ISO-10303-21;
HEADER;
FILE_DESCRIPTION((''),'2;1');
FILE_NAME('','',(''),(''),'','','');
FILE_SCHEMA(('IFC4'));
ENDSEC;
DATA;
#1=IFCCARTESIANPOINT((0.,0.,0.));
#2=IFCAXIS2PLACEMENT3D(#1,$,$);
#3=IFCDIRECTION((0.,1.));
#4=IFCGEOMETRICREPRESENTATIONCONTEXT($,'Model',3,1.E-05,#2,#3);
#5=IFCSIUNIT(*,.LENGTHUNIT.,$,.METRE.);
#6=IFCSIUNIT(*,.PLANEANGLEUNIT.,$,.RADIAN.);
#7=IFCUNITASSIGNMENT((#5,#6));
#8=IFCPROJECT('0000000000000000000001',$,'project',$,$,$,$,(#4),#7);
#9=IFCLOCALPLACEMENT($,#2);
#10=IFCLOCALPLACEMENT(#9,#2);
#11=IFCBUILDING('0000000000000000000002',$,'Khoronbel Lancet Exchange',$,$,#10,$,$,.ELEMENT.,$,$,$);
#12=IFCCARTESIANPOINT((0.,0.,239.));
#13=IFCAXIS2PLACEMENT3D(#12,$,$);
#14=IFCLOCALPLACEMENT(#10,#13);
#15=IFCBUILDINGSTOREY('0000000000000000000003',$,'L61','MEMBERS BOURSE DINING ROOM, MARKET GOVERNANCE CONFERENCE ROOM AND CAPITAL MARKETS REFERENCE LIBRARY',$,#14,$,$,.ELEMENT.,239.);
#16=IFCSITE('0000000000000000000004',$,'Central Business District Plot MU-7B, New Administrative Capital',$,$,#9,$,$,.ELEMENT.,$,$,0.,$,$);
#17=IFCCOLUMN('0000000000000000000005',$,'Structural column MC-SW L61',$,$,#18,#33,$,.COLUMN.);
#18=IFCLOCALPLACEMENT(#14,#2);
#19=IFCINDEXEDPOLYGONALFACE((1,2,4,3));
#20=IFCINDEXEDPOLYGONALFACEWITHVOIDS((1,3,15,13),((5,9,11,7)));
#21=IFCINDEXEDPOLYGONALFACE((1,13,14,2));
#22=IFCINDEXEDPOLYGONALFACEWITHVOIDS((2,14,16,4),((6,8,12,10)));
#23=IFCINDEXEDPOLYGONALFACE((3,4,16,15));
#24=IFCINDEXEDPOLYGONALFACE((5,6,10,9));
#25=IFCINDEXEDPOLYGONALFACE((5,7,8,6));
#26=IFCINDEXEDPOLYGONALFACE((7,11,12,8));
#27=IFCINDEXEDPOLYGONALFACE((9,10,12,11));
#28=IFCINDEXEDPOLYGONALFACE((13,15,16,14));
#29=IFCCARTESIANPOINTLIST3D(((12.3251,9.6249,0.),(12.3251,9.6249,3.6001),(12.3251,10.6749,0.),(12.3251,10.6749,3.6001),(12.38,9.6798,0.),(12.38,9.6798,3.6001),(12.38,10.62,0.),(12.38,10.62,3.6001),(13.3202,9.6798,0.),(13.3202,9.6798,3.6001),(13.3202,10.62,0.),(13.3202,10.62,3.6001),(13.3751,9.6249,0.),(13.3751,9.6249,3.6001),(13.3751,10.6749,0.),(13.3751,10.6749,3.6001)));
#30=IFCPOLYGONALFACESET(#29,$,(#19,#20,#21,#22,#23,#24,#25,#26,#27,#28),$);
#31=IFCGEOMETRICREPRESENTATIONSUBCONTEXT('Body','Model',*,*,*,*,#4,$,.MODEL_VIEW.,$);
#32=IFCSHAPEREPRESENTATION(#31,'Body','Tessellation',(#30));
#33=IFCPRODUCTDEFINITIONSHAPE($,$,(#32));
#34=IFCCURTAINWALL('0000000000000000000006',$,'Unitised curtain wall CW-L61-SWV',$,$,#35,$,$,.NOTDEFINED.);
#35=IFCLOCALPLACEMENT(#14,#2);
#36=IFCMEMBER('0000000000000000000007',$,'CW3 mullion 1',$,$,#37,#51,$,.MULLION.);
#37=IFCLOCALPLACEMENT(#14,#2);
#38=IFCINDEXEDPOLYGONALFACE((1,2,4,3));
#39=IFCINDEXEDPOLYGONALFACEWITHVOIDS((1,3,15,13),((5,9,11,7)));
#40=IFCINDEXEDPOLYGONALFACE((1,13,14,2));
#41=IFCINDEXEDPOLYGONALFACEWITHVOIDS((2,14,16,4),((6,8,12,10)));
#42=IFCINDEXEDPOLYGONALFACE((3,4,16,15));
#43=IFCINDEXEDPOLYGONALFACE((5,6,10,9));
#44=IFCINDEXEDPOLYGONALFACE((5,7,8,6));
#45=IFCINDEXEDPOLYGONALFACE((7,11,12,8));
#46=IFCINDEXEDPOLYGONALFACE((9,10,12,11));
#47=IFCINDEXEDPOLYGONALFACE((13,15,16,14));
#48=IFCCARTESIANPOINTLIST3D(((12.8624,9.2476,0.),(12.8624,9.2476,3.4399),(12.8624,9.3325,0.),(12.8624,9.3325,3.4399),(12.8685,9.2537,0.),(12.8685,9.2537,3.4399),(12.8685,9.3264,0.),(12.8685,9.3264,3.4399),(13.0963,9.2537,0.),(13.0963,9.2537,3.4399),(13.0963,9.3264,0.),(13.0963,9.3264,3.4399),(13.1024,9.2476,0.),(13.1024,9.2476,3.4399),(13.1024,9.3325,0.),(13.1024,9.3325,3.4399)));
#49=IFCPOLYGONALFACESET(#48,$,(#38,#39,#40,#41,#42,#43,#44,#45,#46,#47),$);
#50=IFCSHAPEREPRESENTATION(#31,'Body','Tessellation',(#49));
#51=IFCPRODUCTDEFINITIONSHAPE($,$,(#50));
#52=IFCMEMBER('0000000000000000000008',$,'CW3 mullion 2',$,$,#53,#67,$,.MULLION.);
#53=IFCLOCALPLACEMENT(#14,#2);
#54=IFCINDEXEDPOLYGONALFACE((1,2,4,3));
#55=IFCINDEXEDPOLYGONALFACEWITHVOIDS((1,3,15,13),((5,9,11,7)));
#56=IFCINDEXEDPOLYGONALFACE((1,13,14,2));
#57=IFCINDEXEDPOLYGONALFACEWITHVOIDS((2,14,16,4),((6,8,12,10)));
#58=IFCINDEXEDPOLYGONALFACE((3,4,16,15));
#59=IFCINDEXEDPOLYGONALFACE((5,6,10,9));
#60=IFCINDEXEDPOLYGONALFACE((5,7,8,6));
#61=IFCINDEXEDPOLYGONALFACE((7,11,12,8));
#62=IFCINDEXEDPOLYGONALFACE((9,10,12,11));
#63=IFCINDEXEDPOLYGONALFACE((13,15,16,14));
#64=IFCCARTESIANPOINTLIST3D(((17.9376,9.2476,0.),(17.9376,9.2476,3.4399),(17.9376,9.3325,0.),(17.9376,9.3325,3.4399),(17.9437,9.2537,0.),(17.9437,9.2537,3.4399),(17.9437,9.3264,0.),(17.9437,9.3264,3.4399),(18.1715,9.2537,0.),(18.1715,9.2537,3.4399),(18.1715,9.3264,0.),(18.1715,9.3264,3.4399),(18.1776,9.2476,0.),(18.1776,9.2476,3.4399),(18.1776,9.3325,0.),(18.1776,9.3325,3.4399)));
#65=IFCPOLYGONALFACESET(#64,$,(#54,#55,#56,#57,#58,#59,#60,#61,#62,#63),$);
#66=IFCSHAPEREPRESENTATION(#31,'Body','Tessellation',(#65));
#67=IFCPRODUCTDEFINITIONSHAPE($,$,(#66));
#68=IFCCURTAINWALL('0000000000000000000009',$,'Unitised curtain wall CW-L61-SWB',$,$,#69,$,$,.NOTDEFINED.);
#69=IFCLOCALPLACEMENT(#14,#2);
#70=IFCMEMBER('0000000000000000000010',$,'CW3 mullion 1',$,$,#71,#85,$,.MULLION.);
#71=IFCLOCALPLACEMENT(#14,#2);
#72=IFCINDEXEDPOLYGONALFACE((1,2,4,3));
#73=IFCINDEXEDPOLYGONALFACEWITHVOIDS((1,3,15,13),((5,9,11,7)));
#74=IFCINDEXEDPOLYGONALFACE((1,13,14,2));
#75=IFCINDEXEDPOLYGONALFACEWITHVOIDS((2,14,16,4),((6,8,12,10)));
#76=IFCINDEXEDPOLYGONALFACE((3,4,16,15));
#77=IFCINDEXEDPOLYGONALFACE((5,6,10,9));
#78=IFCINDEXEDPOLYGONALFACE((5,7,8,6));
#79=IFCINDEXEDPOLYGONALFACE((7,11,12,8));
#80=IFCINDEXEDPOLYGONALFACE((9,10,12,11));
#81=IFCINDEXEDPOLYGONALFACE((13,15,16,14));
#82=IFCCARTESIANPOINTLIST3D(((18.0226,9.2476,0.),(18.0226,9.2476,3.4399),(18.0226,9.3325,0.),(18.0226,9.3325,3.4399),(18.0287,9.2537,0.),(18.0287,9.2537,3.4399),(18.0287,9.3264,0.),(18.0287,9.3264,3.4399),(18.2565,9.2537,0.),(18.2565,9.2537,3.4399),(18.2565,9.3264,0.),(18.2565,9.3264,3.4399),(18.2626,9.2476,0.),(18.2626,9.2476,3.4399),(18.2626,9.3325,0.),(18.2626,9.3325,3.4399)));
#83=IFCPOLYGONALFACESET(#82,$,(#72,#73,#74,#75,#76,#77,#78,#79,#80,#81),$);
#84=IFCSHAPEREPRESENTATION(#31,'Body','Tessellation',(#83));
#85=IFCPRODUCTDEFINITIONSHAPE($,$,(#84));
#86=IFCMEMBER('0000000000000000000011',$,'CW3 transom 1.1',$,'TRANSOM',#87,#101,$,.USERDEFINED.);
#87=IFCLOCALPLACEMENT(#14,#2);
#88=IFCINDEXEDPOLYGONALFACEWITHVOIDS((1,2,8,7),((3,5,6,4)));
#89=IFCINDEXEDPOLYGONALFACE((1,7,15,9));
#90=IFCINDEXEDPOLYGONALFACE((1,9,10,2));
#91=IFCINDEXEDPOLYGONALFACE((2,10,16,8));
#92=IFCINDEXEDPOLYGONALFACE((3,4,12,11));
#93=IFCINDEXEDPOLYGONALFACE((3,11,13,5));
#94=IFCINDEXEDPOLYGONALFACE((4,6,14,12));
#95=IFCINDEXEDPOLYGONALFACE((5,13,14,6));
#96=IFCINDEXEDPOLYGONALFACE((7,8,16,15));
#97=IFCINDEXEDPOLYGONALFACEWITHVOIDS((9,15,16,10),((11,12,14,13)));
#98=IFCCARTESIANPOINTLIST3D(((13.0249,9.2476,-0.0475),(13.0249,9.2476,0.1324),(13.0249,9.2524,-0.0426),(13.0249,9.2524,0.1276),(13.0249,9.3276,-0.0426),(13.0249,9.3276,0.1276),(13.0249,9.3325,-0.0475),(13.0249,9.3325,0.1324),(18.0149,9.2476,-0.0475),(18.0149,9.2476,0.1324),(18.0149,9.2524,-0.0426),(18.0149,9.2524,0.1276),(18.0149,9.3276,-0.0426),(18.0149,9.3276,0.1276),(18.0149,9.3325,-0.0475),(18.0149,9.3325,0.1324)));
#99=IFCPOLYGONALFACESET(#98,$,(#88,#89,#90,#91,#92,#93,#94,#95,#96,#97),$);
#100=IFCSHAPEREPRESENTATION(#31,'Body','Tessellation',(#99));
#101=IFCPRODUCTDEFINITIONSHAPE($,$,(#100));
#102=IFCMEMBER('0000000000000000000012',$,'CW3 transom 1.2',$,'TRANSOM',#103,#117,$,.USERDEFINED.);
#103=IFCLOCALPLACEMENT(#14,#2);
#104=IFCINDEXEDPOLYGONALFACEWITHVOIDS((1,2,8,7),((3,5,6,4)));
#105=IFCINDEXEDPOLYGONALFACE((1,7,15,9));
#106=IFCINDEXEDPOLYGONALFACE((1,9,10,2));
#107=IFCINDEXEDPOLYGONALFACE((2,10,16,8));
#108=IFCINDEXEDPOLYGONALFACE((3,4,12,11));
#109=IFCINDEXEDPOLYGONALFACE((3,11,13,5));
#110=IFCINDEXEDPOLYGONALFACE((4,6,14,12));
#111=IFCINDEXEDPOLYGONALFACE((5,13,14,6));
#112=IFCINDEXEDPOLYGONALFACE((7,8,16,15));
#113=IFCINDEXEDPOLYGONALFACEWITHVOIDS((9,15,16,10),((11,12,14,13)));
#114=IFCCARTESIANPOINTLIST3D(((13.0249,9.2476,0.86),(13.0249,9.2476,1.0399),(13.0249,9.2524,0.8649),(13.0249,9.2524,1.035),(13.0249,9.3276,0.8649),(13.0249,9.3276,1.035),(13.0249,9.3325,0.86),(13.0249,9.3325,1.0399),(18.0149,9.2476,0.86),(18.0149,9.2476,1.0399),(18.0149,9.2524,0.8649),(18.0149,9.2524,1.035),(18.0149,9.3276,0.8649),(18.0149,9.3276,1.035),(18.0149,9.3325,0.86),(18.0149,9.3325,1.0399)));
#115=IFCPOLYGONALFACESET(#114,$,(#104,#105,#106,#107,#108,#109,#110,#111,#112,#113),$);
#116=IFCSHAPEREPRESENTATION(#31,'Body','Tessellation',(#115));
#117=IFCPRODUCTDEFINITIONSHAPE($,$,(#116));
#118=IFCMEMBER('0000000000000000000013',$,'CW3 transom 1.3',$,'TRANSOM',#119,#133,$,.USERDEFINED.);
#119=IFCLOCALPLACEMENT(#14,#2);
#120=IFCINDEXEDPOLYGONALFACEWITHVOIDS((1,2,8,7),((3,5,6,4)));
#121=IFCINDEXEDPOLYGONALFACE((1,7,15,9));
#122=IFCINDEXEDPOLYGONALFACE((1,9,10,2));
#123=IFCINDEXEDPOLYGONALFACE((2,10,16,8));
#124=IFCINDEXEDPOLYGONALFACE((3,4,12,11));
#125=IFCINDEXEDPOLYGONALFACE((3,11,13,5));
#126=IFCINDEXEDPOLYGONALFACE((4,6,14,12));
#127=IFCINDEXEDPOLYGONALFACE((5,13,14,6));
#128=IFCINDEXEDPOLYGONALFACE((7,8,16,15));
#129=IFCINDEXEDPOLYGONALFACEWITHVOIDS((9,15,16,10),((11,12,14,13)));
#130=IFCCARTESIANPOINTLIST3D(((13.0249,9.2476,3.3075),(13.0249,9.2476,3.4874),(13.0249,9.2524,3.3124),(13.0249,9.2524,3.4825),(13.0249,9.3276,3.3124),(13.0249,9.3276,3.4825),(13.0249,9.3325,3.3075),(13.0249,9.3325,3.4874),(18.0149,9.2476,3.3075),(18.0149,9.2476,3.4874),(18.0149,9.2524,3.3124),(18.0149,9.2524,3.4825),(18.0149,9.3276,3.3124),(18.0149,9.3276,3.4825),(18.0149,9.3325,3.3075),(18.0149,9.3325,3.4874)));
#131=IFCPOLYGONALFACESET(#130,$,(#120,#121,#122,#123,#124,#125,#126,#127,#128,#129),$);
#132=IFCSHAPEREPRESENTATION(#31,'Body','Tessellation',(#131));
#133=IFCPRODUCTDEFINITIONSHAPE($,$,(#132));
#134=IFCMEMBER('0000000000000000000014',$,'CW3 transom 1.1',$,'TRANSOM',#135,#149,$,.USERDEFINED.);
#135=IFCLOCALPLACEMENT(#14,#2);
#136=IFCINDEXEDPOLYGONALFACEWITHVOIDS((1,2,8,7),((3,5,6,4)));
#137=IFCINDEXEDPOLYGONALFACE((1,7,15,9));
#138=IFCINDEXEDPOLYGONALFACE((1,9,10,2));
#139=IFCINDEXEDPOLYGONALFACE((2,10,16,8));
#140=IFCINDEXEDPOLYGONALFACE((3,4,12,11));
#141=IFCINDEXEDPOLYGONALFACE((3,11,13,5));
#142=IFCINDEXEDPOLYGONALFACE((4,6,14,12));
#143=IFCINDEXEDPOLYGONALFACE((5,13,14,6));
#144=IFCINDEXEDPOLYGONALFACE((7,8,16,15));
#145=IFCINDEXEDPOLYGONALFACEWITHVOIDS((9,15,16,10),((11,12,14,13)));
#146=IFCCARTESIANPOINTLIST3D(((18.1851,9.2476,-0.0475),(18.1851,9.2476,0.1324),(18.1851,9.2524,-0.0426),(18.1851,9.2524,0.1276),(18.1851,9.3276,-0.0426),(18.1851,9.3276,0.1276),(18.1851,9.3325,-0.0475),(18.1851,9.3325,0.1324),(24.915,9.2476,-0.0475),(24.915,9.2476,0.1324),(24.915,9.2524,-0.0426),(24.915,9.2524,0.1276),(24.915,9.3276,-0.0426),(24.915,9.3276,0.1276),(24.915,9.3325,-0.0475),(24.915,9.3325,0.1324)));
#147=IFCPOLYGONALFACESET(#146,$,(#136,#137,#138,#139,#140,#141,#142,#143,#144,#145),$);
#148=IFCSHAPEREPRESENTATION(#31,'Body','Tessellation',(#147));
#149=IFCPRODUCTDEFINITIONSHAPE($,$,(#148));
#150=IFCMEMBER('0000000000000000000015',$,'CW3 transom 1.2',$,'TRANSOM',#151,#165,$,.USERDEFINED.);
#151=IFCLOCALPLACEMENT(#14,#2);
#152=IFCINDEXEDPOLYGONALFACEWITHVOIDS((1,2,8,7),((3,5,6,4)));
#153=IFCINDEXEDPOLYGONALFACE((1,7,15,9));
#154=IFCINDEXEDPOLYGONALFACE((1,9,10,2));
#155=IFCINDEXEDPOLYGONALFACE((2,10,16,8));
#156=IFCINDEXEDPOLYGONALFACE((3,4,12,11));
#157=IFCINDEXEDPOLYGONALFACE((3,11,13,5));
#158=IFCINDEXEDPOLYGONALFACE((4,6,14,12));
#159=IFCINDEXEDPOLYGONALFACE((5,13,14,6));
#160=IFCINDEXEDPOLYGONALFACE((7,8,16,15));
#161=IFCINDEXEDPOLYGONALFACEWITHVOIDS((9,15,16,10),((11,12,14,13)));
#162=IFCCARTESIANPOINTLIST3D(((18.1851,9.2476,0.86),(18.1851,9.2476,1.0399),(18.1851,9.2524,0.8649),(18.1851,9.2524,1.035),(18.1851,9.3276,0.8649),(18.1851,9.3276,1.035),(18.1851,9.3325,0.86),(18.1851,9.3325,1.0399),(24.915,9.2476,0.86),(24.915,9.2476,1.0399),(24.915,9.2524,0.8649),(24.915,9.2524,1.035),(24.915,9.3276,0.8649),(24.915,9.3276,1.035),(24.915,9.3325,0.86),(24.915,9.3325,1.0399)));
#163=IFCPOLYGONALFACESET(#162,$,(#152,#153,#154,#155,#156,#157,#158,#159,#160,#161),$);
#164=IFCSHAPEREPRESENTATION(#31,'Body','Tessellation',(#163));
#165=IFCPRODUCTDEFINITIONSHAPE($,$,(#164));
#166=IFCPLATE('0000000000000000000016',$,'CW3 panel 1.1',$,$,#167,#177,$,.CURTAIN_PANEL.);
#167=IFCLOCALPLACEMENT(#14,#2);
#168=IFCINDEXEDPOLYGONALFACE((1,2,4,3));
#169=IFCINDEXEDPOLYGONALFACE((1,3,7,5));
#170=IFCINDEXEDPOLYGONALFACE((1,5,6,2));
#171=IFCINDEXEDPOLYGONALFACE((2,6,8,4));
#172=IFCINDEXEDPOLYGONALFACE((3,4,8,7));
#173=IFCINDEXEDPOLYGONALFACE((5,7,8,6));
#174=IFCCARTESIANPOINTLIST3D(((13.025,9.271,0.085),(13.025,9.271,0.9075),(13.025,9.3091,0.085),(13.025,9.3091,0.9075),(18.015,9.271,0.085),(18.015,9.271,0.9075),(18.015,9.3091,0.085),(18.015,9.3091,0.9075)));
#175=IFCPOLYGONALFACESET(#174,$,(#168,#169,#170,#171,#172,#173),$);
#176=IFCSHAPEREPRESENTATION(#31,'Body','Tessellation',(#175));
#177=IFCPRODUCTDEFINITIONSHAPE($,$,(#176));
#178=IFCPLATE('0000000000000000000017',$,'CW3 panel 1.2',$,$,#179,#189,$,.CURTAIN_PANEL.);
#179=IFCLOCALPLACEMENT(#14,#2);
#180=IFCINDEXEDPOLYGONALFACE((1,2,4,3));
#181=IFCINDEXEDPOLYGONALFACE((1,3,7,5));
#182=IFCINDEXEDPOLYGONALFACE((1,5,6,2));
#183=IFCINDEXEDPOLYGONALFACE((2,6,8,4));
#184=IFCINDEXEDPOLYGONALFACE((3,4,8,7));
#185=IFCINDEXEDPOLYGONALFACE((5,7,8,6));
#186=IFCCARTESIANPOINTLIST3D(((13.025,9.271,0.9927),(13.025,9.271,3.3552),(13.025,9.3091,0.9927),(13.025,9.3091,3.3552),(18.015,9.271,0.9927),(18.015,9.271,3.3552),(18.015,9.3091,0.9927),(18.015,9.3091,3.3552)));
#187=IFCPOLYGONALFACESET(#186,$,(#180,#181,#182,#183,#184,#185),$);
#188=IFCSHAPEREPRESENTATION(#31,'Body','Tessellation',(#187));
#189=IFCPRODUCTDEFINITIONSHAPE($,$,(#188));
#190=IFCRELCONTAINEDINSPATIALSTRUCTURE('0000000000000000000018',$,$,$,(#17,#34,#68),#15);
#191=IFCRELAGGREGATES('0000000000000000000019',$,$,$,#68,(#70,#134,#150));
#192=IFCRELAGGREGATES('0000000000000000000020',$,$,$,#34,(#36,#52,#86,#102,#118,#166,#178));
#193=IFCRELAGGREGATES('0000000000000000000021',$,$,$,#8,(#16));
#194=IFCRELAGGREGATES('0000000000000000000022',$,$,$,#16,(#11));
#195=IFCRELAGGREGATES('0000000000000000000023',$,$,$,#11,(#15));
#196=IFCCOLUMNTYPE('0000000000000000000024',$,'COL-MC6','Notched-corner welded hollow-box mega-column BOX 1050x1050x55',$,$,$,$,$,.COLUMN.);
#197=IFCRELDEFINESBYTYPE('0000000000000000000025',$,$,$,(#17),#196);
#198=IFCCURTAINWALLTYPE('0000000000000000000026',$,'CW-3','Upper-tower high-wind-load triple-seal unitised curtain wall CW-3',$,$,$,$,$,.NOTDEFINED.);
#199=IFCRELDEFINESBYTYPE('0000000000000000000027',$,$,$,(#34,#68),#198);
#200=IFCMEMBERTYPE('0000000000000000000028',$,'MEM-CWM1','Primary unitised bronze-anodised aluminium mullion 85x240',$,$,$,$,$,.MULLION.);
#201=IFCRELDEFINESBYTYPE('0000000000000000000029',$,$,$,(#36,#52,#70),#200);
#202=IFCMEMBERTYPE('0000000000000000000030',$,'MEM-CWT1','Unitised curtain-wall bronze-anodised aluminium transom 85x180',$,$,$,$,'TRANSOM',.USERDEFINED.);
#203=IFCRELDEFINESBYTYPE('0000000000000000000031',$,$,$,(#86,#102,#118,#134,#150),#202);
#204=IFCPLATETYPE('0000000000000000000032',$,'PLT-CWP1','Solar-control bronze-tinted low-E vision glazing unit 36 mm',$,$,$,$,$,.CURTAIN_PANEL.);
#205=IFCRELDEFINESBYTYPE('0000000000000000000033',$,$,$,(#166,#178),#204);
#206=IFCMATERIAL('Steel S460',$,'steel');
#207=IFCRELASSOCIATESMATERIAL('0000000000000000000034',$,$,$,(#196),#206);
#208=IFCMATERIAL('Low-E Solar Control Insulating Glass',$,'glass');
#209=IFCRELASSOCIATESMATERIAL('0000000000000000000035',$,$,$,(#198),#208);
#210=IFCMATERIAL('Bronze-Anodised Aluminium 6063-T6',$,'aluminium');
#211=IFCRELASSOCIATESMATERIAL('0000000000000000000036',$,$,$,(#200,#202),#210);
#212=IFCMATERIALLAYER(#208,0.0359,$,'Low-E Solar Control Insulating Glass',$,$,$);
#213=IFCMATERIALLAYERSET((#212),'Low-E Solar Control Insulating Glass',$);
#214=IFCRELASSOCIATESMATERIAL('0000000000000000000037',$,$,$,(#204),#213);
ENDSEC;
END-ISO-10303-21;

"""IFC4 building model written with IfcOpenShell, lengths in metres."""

from ifc_helpers import new_model, si_unit, direction, frame, origin, origin_2d, place, context, subcontext, project, spatial, rectangle, hollow_rectangle, extrude, material, layer, layer_set, material_profile, profile_set, type_object, element, aggregate, save


model = new_model("IFC4")

# Units and contexts
model_context = context("Model", 3, precision=1e-05, world=origin(), true_north=direction((0.0, 1.0)))
body_context = subcontext(model_context, "Body", "Model", "MODEL_VIEW")
ifc_project = project(units=[si_unit("LENGTHUNIT", "METRE"), si_unit("PLANEANGLEUNIT", "RADIAN")], contexts=[model_context])

# Site, building, storey
site_placement = place(None, origin())
site = spatial("IfcSite", under=ifc_project, at=site_placement, Name="Central Business District Plot MU-7B, New Administrative Capital", CompositionType="ELEMENT", RefElevation=0.0)
building_placement = place(site_placement, origin())
building = spatial("IfcBuilding", under=site, at=building_placement, Name="Khoronbel Lancet Exchange", CompositionType="ELEMENT")
storey_placement = place(building_placement, frame((0.0, 0.0, 239.0)))
storey = spatial("IfcBuildingStorey", under=building, at=storey_placement, Name="L61", Description="MEMBERS BOURSE DINING ROOM, MARKET GOVERNANCE CONFERENCE ROOM AND CAPITAL MARKETS REFERENCE LIBRARY", CompositionType="ELEMENT", Elevation=239.0)

# Column
ifc_material_1 = material(Name="Steel S460", Category="steel")
ifc_material_profile_1 = material_profile(ifc_material_1, hollow_rectangle(XDim=1.05, YDim=1.05, WallThickness=0.0549, at=origin_2d()), Name="BOX 1050x1050x55")
ifc_profile_set_1 = profile_set([ifc_material_profile_1], Name="Steel S460")
column_type = type_object("IfcColumnType", Name="COL-MC6", Description="Notched-corner welded hollow-box mega-column BOX 1050x1050x55", PredefinedType="COLUMN", material=ifc_profile_set_1)
column_placement = place(storey_placement, frame((12.8501, 10.1499, 0.0), z_axis=(0.0, 0.0, 1.0), x_axis=(1.0, 0.0, 0.0)))
element("IfcColumn", 1, at=column_placement, inside=storey, type_object=column_type, Name="Structural column MC-SW L61", PredefinedType="COLUMN", context=body_context, shape_type="SweptSolid", body=[
    extrude(hollow_rectangle(XDim=1.05, YDim=1.05, WallThickness=0.0549, at=origin_2d()), origin(), (0.0, 0.0, 1.0), 3.6001),
])

# Curtain wall, members
ifc_material_2 = material(Name="Low-E Solar Control Insulating Glass", Category="glass")
curtain_wall_type = type_object("IfcCurtainWallType", Name="CW-3", Description="Upper-tower high-wind-load triple-seal unitised curtain wall CW-3", PredefinedType="NOTDEFINED", material=ifc_material_2)
curtain_wall_1_placement = place(storey_placement, origin())
curtain_wall_1 = element("IfcCurtainWall", 2, at=curtain_wall_1_placement, inside=storey, type_object=curtain_wall_type, Name="Unitised curtain wall CW-L61-SWV", PredefinedType="NOTDEFINED")
ifc_material_3 = material(Name="Bronze-Anodised Aluminium 6063-T6", Category="aluminium")
ifc_material_profile_2 = material_profile(ifc_material_3, hollow_rectangle(XDim=0.085, YDim=0.24, WallThickness=0.0061, at=origin_2d()), Name="ALU MULLION 85x240")
ifc_profile_set_2 = profile_set([ifc_material_profile_2], Name="Bronze-Anodised Aluminium 6063-T6")
member_type_1 = type_object("IfcMemberType", Name="MEM-CWM1", Description="Primary unitised bronze-anodised aluminium mullion 85x240", PredefinedType="MULLION", material=ifc_profile_set_2)
member_1_placement = place(storey_placement, frame((12.9824, 9.29, 0.0), z_axis=(0.0, 0.0, 1.0), x_axis=(0.0, 1.0, 0.0)))
member_1 = element("IfcMember", 3, at=member_1_placement, type_object=member_type_1, Name="CW3 mullion 1", PredefinedType="MULLION", context=body_context, shape_type="SweptSolid", body=[
    extrude(hollow_rectangle(XDim=0.085, YDim=0.24, WallThickness=0.0061, at=origin_2d()), origin(), (0.0, 0.0, 1.0), 3.4399),
])
member_2_placement = place(storey_placement, frame((18.0576, 9.29, 0.0), z_axis=(0.0, 0.0, 1.0), x_axis=(0.0, 1.0, 0.0)))
member_2 = element("IfcMember", 4, at=member_2_placement, type_object=member_type_1, Name="CW3 mullion 2", PredefinedType="MULLION", context=body_context, shape_type="SweptSolid", body=[
    extrude(hollow_rectangle(XDim=0.085, YDim=0.24, WallThickness=0.0061, at=origin_2d()), origin(), (0.0, 0.0, 1.0), 3.4399),
])

# Curtain wall, member
curtain_wall_2_placement = place(storey_placement, origin())
curtain_wall_2 = element("IfcCurtainWall", 5, at=curtain_wall_2_placement, inside=storey, type_object=curtain_wall_type, Name="Unitised curtain wall CW-L61-SWB", PredefinedType="NOTDEFINED")
member_3_placement = place(storey_placement, frame((18.1426, 9.29, 0.0), z_axis=(0.0, 0.0, 1.0), x_axis=(0.0, 1.0, 0.0)))
member_3 = element("IfcMember", 6, at=member_3_placement, type_object=member_type_1, Name="CW3 mullion 1", PredefinedType="MULLION", context=body_context, shape_type="SweptSolid", body=[
    extrude(hollow_rectangle(XDim=0.085, YDim=0.24, WallThickness=0.0061, at=origin_2d()), origin(), (0.0, 0.0, 1.0), 3.4399),
])

# Members
ifc_material_profile_3 = material_profile(ifc_material_3, hollow_rectangle(XDim=0.085, YDim=0.1799, WallThickness=0.0049, at=origin_2d()), Name="ALU TRANSOM 85x180")
ifc_profile_set_3 = profile_set([ifc_material_profile_3], Name="Bronze-Anodised Aluminium 6063-T6")
member_type_2 = type_object("IfcMemberType", Name="MEM-CWT1", Description="Unitised curtain-wall bronze-anodised aluminium transom 85x180", ElementType="TRANSOM", PredefinedType="USERDEFINED", material=ifc_profile_set_3)
member_4_placement = place(storey_placement, frame((13.0249, 9.29, 0.0425), z_axis=(1.0, 0.0, 0.0), x_axis=(0.0, 1.0, 0.0)))
member_4 = element("IfcMember", 7, at=member_4_placement, type_object=member_type_2, Name="CW3 transom 1.1", ObjectType="TRANSOM", PredefinedType="USERDEFINED", context=body_context, shape_type="SweptSolid", body=[
    extrude(hollow_rectangle(XDim=0.085, YDim=0.1799, WallThickness=0.0049, at=origin_2d()), origin(), (0.0, 0.0, 1.0), 4.99),
])
member_5_placement = place(storey_placement, frame((13.0249, 9.29, 0.95), z_axis=(1.0, 0.0, 0.0), x_axis=(0.0, 1.0, 0.0)))
member_5 = element("IfcMember", 8, at=member_5_placement, type_object=member_type_2, Name="CW3 transom 1.2", ObjectType="TRANSOM", PredefinedType="USERDEFINED", context=body_context, shape_type="SweptSolid", body=[
    extrude(hollow_rectangle(XDim=0.085, YDim=0.1799, WallThickness=0.0049, at=origin_2d()), origin(), (0.0, 0.0, 1.0), 4.99),
])
member_6_placement = place(storey_placement, frame((13.0249, 9.29, 3.3975), z_axis=(1.0, 0.0, 0.0), x_axis=(0.0, 1.0, 0.0)))
member_6 = element("IfcMember", 9, at=member_6_placement, type_object=member_type_2, Name="CW3 transom 1.3", ObjectType="TRANSOM", PredefinedType="USERDEFINED", context=body_context, shape_type="SweptSolid", body=[
    extrude(hollow_rectangle(XDim=0.085, YDim=0.1799, WallThickness=0.0049, at=origin_2d()), origin(), (0.0, 0.0, 1.0), 4.99),
])
member_7_placement = place(storey_placement, frame((18.1851, 9.29, 0.0425), z_axis=(1.0, 0.0, 0.0), x_axis=(0.0, 1.0, 0.0)))
member_7 = element("IfcMember", 10, at=member_7_placement, type_object=member_type_2, Name="CW3 transom 1.1", ObjectType="TRANSOM", PredefinedType="USERDEFINED", context=body_context, shape_type="SweptSolid", body=[
    extrude(hollow_rectangle(XDim=0.085, YDim=0.1799, WallThickness=0.0049, at=origin_2d()), origin(), (0.0, 0.0, 1.0), 6.73),
])
member_8_placement = place(storey_placement, frame((18.1851, 9.29, 0.95), z_axis=(1.0, 0.0, 0.0), x_axis=(0.0, 1.0, 0.0)))
member_8 = element("IfcMember", 11, at=member_8_placement, type_object=member_type_2, Name="CW3 transom 1.2", ObjectType="TRANSOM", PredefinedType="USERDEFINED", context=body_context, shape_type="SweptSolid", body=[
    extrude(hollow_rectangle(XDim=0.085, YDim=0.1799, WallThickness=0.0049, at=origin_2d()), origin(), (0.0, 0.0, 1.0), 6.73),
])
aggregate(curtain_wall_2, [member_3, member_7, member_8])

# Plates
ifc_layer_1 = layer(ifc_material_2, 0.0359, Name="Low-E Solar Control Insulating Glass")
ifc_layer_set_1 = layer_set([ifc_layer_1], Name="Low-E Solar Control Insulating Glass")
plate_type_1 = type_object("IfcPlateType", Name="PLT-CWP1", Description="Solar-control bronze-tinted low-E vision glazing unit 36 mm", PredefinedType="CURTAIN_PANEL", material=ifc_layer_set_1)
plate_1_placement = place(storey_placement, frame((15.52, 9.29, 0.085), z_axis=(0.0, 0.0, 1.0), x_axis=(1.0, 0.0, 0.0)))
plate_1 = element("IfcPlate", 12, at=plate_1_placement, type_object=plate_type_1, Name="CW3 panel 1.1", PredefinedType="CURTAIN_PANEL", context=body_context, shape_type="SweptSolid", body=[
    extrude(rectangle(XDim=4.99, YDim=0.0381, at=origin_2d()), origin(), (0.0, 0.0, 1.0), 0.8225),
])
plate_2_placement = place(storey_placement, frame((15.52, 9.29, 0.9927), z_axis=(0.0, 0.0, 1.0), x_axis=(1.0, 0.0, 0.0)))
plate_2 = element("IfcPlate", 13, at=plate_2_placement, type_object=plate_type_1, Name="CW3 panel 1.2", PredefinedType="CURTAIN_PANEL", context=body_context, shape_type="SweptSolid", body=[
    extrude(rectangle(XDim=4.99, YDim=0.0381, at=origin_2d()), origin(), (0.0, 0.0, 1.0), 2.3625),
])
aggregate(curtain_wall_1, [member_1, member_2, member_4, member_5, member_6, plate_1, plate_2])

save(model, "model.ifc")
